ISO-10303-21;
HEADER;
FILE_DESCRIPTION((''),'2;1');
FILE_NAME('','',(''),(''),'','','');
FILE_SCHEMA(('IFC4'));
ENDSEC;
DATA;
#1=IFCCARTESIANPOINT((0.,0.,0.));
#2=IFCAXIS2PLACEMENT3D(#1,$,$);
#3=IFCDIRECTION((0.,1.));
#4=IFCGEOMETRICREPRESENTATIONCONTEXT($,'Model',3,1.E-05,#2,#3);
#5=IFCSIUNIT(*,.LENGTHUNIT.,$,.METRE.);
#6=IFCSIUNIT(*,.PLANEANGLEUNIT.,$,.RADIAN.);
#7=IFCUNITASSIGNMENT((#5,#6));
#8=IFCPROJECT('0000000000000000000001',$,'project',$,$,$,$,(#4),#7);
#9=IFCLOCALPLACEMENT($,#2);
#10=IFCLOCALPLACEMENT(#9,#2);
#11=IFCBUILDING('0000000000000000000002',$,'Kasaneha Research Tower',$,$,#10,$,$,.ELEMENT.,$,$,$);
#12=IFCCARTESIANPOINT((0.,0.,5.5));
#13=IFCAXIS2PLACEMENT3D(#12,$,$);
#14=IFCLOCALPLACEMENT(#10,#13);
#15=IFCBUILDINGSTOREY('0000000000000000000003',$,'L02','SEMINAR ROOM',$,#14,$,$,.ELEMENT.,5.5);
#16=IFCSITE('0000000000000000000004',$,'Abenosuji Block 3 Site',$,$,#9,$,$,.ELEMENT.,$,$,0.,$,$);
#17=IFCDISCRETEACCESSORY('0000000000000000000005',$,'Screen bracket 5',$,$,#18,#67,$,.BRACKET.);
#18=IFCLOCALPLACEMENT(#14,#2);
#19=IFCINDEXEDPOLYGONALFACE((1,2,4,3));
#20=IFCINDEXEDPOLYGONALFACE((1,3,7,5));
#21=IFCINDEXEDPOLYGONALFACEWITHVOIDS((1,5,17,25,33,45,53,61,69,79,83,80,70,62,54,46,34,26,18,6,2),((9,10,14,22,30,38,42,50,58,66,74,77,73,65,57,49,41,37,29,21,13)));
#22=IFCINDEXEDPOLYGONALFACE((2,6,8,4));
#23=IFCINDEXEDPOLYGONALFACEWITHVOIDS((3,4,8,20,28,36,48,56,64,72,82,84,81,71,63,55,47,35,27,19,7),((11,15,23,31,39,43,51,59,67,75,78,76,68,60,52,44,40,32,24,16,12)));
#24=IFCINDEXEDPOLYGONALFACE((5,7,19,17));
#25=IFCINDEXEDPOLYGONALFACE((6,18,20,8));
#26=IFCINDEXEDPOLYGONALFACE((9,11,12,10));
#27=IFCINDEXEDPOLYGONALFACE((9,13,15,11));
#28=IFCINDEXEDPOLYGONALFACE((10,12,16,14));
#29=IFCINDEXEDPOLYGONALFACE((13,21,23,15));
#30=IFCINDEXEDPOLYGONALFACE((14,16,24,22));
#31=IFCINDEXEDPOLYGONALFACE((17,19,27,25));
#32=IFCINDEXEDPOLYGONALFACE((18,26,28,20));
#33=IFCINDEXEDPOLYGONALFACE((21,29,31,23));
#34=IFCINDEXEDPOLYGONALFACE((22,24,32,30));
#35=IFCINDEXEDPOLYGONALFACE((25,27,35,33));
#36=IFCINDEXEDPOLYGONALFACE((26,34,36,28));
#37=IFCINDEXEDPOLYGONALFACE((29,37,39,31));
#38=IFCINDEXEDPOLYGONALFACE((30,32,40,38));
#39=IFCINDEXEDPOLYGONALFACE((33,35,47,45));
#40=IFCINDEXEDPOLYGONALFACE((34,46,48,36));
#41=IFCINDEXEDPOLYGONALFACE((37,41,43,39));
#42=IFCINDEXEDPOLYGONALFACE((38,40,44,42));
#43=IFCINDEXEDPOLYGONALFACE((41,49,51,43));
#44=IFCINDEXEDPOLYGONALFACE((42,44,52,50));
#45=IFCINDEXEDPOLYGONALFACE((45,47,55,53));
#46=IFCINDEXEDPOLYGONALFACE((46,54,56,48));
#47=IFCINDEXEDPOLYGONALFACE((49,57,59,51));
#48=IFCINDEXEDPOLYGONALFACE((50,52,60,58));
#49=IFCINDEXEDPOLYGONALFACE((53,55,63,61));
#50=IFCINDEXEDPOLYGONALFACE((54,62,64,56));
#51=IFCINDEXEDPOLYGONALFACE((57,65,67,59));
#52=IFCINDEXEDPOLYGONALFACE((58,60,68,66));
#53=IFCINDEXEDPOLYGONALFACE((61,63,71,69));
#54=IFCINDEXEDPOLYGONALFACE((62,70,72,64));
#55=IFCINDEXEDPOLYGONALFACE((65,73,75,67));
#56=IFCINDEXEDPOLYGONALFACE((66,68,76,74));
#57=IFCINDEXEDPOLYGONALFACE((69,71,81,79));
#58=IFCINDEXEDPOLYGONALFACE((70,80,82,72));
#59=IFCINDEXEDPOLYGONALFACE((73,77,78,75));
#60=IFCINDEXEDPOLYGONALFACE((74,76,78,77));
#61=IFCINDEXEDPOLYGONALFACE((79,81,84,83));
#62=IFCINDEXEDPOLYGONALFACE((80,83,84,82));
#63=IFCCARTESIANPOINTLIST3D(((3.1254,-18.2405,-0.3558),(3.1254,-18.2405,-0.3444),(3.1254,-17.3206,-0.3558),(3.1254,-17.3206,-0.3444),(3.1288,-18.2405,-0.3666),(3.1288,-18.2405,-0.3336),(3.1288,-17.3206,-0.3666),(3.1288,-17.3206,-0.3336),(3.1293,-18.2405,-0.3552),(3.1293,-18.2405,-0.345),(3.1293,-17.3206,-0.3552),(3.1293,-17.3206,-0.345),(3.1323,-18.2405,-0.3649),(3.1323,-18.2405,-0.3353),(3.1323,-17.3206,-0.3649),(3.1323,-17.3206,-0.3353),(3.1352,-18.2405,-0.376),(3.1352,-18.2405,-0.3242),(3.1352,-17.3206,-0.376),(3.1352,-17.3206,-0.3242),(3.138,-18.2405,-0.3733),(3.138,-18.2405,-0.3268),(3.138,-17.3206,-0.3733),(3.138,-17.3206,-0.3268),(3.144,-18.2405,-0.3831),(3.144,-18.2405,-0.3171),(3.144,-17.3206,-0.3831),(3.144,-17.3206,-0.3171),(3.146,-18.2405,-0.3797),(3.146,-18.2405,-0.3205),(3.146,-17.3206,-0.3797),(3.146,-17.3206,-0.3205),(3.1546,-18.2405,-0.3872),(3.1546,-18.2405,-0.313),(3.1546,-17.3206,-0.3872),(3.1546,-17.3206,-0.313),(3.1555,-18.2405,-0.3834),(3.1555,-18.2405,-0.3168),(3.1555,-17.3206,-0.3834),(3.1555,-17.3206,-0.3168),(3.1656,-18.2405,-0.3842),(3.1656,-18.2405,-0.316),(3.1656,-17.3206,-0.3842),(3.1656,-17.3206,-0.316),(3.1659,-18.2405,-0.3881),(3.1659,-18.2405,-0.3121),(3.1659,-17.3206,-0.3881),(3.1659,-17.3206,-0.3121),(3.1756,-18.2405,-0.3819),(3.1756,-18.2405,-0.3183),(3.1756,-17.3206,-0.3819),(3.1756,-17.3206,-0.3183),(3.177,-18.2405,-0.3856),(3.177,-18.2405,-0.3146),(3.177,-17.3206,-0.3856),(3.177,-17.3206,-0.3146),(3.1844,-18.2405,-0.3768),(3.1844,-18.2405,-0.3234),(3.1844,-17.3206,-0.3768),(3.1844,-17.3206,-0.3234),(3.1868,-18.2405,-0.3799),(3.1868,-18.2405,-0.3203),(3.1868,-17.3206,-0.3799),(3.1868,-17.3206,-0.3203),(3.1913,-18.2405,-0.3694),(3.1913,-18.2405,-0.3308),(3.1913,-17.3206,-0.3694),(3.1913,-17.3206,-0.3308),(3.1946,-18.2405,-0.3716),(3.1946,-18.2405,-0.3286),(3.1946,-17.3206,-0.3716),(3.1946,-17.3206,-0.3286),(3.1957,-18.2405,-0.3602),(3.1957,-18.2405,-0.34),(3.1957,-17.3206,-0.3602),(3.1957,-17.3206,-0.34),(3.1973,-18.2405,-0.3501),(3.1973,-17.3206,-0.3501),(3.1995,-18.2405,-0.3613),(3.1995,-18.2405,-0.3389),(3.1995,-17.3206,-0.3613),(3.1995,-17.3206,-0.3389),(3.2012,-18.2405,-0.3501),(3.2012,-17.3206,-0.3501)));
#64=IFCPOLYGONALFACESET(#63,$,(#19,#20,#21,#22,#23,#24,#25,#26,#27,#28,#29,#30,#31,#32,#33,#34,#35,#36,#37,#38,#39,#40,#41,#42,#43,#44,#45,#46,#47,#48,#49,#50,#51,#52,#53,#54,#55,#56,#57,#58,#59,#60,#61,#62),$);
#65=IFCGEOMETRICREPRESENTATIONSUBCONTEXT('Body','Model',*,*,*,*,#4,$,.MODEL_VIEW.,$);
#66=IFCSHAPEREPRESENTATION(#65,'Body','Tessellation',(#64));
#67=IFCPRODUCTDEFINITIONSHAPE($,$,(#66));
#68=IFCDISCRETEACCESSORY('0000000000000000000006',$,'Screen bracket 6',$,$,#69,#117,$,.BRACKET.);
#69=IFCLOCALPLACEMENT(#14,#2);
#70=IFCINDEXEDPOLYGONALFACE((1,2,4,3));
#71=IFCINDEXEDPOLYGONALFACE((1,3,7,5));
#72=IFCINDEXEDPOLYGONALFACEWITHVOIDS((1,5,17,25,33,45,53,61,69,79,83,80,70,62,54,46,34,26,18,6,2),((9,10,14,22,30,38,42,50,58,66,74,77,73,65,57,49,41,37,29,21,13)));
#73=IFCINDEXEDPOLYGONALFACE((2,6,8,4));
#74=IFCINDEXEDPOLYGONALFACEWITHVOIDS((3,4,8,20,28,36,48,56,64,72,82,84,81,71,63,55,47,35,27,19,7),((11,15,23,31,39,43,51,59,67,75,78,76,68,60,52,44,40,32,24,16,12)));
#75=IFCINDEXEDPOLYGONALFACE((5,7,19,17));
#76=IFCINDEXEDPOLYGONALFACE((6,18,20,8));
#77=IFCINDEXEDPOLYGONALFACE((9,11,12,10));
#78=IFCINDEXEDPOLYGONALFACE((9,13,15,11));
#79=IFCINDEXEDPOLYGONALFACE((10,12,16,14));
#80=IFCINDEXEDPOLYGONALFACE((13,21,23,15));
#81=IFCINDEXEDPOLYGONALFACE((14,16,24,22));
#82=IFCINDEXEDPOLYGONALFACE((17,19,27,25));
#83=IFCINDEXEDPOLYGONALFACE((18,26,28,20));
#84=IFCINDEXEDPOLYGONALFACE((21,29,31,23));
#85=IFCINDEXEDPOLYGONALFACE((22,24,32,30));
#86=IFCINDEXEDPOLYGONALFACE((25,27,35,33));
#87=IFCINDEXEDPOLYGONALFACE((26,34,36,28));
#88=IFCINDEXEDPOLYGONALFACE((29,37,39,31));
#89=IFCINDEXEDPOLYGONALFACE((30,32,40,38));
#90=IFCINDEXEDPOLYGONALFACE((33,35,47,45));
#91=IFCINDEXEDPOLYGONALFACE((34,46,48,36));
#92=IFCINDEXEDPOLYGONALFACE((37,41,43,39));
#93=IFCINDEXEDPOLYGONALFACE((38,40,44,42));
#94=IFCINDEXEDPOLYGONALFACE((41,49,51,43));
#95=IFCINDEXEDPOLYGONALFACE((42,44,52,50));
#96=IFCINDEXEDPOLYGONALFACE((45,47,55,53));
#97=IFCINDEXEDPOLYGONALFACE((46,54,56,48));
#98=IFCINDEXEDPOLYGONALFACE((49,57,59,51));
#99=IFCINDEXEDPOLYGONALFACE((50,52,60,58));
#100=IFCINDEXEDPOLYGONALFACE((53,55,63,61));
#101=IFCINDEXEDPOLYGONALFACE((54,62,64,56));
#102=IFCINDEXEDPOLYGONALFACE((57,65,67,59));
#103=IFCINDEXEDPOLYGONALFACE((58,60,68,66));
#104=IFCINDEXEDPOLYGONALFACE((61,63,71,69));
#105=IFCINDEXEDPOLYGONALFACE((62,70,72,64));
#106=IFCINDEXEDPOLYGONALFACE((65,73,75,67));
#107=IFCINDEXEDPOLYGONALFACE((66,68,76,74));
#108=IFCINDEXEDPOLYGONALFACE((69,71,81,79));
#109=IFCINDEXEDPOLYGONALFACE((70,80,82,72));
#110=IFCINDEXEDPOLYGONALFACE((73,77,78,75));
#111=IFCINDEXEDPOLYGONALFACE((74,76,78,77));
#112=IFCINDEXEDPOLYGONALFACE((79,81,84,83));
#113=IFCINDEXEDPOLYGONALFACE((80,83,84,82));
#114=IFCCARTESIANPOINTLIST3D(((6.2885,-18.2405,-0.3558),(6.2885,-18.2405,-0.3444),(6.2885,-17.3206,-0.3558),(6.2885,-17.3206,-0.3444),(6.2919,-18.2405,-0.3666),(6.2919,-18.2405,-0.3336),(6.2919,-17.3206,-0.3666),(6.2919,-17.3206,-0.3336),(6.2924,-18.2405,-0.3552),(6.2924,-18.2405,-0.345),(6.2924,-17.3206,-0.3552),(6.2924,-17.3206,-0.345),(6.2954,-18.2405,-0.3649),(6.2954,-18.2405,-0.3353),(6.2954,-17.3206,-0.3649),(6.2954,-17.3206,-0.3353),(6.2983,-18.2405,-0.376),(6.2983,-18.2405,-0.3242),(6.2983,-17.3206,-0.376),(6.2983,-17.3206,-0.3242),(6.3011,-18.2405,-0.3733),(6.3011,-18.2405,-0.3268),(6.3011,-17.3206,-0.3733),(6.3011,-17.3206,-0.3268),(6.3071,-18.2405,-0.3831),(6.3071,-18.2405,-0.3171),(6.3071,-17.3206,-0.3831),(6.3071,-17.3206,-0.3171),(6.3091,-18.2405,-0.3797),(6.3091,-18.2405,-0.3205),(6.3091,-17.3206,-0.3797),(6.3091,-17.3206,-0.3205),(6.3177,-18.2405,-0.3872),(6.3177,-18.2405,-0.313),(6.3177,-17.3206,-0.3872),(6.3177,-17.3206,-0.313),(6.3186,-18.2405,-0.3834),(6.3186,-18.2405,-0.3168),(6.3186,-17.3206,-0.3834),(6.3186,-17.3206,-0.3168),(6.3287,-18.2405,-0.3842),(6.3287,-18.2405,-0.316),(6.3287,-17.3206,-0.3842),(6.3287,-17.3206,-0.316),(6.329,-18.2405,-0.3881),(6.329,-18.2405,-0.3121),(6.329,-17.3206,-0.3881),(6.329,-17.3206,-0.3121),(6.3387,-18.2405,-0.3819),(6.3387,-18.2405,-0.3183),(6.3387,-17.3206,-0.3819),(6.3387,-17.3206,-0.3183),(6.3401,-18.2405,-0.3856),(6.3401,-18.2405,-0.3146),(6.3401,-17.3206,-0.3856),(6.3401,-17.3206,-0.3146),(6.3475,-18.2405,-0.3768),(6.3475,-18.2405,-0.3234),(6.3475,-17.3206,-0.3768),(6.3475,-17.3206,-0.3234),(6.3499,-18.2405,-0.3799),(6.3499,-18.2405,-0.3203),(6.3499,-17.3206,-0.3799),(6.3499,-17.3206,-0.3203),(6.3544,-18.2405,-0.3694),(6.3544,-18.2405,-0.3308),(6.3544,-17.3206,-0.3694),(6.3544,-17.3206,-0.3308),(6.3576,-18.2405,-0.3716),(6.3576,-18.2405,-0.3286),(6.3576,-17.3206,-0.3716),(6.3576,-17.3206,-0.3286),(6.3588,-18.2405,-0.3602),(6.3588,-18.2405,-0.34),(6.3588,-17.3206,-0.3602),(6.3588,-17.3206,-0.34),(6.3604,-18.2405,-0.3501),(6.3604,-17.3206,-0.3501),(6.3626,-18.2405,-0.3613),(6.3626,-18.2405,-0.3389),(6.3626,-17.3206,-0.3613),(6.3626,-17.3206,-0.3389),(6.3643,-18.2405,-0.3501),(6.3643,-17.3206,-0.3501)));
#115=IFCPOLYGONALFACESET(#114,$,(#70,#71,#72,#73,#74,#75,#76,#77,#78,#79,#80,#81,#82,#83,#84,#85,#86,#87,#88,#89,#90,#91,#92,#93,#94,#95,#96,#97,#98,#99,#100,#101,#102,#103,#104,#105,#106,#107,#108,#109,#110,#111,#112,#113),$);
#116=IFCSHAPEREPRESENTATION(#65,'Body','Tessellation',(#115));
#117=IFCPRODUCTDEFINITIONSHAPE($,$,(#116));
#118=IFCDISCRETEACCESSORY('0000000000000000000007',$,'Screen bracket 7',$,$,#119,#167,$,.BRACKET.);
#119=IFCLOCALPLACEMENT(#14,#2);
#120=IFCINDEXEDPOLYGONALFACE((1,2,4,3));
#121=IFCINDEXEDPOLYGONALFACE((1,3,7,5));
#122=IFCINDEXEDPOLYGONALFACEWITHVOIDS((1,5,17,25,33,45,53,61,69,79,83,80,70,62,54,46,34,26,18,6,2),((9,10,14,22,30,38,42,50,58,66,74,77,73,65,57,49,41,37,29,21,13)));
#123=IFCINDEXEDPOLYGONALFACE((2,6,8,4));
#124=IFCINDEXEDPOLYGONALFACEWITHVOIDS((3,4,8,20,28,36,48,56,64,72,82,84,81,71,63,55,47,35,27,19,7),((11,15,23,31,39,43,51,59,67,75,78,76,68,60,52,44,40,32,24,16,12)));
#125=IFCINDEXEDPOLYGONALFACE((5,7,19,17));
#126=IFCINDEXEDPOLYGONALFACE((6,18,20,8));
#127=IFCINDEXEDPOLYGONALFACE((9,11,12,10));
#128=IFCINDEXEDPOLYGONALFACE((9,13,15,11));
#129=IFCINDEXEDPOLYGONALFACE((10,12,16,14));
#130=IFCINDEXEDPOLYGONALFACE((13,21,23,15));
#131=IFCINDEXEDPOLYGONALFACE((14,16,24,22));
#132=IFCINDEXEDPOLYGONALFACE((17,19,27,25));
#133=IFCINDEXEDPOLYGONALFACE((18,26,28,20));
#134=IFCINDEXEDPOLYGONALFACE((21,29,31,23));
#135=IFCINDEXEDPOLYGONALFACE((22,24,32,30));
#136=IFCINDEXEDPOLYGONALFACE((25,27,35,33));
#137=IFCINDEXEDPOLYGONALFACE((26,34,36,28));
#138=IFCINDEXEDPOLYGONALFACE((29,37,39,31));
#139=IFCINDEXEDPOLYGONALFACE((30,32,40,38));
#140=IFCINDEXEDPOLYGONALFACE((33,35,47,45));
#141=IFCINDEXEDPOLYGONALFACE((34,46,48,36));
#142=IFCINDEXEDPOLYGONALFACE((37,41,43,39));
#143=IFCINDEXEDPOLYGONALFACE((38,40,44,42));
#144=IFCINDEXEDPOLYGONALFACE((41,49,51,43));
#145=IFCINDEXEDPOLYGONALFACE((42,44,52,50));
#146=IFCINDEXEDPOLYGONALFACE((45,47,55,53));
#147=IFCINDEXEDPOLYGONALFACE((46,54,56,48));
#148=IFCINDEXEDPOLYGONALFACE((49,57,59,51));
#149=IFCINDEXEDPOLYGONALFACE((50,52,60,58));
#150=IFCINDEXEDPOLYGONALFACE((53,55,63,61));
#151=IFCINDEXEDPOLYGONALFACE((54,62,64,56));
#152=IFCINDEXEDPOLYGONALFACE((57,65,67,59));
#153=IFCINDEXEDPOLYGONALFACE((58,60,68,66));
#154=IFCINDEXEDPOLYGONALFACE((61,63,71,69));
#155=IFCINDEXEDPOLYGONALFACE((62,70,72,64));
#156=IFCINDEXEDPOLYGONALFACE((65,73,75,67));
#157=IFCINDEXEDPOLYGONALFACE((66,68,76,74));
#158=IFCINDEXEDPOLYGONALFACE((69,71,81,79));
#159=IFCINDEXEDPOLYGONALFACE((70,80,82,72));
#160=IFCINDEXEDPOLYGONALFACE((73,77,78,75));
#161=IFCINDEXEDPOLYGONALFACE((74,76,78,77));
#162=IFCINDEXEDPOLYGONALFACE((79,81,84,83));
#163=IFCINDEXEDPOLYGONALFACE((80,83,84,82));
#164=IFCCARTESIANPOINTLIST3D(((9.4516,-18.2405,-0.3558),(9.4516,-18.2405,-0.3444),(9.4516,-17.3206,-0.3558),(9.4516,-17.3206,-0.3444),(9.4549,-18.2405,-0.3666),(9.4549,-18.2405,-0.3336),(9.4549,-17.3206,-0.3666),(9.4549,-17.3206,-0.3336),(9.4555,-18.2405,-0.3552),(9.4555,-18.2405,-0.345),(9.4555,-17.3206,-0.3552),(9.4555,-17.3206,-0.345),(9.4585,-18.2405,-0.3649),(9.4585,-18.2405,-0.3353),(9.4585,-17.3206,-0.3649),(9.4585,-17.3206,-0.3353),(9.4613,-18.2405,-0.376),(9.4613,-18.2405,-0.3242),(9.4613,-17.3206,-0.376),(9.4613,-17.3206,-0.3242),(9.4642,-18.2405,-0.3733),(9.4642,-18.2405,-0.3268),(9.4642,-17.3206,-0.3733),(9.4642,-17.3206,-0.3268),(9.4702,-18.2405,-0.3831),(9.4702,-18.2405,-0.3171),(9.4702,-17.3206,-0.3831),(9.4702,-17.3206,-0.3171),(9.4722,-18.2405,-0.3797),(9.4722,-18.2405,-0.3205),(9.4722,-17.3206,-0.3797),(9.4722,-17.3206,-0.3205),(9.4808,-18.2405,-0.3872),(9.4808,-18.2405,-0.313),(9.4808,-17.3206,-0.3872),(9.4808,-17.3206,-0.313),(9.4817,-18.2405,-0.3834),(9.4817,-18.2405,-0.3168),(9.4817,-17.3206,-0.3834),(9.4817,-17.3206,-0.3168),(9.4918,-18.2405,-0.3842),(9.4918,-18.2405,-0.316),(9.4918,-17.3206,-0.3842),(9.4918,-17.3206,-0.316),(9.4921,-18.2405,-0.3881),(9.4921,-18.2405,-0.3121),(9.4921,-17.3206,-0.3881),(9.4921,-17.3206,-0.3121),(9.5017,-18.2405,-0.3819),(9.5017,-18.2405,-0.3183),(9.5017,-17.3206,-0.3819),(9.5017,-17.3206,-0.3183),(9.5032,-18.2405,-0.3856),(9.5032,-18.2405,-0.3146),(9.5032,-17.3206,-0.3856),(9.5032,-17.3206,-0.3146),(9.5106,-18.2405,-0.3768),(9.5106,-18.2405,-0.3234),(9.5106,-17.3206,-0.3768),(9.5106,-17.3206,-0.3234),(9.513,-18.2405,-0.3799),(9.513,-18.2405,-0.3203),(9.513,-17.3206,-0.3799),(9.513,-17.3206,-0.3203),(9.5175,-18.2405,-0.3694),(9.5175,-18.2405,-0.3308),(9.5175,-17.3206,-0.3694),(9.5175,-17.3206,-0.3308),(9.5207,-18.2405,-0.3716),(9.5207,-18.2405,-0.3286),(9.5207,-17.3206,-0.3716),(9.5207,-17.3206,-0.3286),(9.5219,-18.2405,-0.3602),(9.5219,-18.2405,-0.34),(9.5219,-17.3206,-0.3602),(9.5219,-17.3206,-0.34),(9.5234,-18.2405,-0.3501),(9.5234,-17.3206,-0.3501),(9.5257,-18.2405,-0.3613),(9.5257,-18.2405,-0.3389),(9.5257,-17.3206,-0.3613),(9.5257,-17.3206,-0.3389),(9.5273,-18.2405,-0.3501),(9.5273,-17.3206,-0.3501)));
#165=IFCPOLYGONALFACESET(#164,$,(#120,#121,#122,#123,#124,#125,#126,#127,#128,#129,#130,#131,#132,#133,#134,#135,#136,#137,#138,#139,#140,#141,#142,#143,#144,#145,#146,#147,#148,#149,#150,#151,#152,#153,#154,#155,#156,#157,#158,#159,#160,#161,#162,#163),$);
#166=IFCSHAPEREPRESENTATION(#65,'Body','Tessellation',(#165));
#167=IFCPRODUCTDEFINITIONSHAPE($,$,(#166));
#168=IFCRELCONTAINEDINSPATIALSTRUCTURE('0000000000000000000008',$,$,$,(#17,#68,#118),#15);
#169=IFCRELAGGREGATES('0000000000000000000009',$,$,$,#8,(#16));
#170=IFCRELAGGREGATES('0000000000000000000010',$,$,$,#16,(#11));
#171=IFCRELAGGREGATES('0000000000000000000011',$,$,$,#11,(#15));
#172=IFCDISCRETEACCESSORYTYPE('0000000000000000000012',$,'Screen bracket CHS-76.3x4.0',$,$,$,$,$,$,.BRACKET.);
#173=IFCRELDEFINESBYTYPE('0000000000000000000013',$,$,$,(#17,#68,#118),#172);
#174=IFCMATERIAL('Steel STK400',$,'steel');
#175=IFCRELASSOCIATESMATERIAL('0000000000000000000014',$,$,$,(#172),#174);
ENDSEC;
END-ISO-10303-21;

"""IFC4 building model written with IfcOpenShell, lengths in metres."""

from ifc_helpers import new_model, si_unit, direction, frame, origin, origin_2d, place, context, subcontext, project, spatial, hollow_circle, extrude, material, material_profile, profile_set, type_object, element, save


model = new_model("IFC4")

# Units and contexts
model_context = context("Model", 3, precision=1e-05, world=origin(), true_north=direction((0.0, 1.0)))
body_context = subcontext(model_context, "Body", "Model", "MODEL_VIEW")
ifc_project = project(units=[si_unit("LENGTHUNIT", "METRE"), si_unit("PLANEANGLEUNIT", "RADIAN")], contexts=[model_context])

# Site, building, storey
site_placement = place(None, origin())
site = spatial("IfcSite", under=ifc_project, at=site_placement, Name="Abenosuji Block 3 Site", CompositionType="ELEMENT", RefElevation=0.0)
building_placement = place(site_placement, origin())
building = spatial("IfcBuilding", under=site, at=building_placement, Name="Kasaneha Research Tower", CompositionType="ELEMENT")
storey_placement = place(building_placement, frame((0.0, 0.0, 5.5)))
storey = spatial("IfcBuildingStorey", under=building, at=storey_placement, Name="L02", Description="SEMINAR ROOM", CompositionType="ELEMENT", Elevation=5.5)

# Discrete accessories
ifc_material_1 = material(Name="Steel STK400", Category="steel")
ifc_material_profile_1 = material_profile(ifc_material_1, hollow_circle(Radius=0.0381, WallThickness=0.0039, at=origin_2d()), Name="CHS-76.3x4.0")
ifc_profile_set_1 = profile_set([ifc_material_profile_1], Name="Steel STK400")
discrete_accessory_type = type_object("IfcDiscreteAccessoryType", Name="Screen bracket CHS-76.3x4.0", PredefinedType="BRACKET", material=ifc_profile_set_1)
for number, where, z_axis, x_axis, name in (
    (1, (3.1631, -17.3206, -0.3501), (0.0, -1.0, 0.0), (1.0, 0.0, 0.0), "Screen bracket 5"),
    (2, (6.3262, -17.3206, -0.3501), (0.0, -1.0, 0.0), (1.0, 0.0, 0.0), "Screen bracket 6"),
    (3, (9.4893, -17.3206, -0.3501), (0.0, -1.0, 0.0), (1.0, 0.0, 0.0), "Screen bracket 7"),
):
    element("IfcDiscreteAccessory", number, at=place(storey_placement, frame(where, z_axis=z_axis, x_axis=x_axis)), inside=storey, type_object=discrete_accessory_type, Name=name, PredefinedType="BRACKET", context=body_context, shape_type="SweptSolid", body=[
        extrude(hollow_circle(Radius=0.0381, WallThickness=0.0039, at=origin_2d()), origin(), (0.0, 0.0, 1.0), 0.9199),
    ])

save(model, "model.ifc")
